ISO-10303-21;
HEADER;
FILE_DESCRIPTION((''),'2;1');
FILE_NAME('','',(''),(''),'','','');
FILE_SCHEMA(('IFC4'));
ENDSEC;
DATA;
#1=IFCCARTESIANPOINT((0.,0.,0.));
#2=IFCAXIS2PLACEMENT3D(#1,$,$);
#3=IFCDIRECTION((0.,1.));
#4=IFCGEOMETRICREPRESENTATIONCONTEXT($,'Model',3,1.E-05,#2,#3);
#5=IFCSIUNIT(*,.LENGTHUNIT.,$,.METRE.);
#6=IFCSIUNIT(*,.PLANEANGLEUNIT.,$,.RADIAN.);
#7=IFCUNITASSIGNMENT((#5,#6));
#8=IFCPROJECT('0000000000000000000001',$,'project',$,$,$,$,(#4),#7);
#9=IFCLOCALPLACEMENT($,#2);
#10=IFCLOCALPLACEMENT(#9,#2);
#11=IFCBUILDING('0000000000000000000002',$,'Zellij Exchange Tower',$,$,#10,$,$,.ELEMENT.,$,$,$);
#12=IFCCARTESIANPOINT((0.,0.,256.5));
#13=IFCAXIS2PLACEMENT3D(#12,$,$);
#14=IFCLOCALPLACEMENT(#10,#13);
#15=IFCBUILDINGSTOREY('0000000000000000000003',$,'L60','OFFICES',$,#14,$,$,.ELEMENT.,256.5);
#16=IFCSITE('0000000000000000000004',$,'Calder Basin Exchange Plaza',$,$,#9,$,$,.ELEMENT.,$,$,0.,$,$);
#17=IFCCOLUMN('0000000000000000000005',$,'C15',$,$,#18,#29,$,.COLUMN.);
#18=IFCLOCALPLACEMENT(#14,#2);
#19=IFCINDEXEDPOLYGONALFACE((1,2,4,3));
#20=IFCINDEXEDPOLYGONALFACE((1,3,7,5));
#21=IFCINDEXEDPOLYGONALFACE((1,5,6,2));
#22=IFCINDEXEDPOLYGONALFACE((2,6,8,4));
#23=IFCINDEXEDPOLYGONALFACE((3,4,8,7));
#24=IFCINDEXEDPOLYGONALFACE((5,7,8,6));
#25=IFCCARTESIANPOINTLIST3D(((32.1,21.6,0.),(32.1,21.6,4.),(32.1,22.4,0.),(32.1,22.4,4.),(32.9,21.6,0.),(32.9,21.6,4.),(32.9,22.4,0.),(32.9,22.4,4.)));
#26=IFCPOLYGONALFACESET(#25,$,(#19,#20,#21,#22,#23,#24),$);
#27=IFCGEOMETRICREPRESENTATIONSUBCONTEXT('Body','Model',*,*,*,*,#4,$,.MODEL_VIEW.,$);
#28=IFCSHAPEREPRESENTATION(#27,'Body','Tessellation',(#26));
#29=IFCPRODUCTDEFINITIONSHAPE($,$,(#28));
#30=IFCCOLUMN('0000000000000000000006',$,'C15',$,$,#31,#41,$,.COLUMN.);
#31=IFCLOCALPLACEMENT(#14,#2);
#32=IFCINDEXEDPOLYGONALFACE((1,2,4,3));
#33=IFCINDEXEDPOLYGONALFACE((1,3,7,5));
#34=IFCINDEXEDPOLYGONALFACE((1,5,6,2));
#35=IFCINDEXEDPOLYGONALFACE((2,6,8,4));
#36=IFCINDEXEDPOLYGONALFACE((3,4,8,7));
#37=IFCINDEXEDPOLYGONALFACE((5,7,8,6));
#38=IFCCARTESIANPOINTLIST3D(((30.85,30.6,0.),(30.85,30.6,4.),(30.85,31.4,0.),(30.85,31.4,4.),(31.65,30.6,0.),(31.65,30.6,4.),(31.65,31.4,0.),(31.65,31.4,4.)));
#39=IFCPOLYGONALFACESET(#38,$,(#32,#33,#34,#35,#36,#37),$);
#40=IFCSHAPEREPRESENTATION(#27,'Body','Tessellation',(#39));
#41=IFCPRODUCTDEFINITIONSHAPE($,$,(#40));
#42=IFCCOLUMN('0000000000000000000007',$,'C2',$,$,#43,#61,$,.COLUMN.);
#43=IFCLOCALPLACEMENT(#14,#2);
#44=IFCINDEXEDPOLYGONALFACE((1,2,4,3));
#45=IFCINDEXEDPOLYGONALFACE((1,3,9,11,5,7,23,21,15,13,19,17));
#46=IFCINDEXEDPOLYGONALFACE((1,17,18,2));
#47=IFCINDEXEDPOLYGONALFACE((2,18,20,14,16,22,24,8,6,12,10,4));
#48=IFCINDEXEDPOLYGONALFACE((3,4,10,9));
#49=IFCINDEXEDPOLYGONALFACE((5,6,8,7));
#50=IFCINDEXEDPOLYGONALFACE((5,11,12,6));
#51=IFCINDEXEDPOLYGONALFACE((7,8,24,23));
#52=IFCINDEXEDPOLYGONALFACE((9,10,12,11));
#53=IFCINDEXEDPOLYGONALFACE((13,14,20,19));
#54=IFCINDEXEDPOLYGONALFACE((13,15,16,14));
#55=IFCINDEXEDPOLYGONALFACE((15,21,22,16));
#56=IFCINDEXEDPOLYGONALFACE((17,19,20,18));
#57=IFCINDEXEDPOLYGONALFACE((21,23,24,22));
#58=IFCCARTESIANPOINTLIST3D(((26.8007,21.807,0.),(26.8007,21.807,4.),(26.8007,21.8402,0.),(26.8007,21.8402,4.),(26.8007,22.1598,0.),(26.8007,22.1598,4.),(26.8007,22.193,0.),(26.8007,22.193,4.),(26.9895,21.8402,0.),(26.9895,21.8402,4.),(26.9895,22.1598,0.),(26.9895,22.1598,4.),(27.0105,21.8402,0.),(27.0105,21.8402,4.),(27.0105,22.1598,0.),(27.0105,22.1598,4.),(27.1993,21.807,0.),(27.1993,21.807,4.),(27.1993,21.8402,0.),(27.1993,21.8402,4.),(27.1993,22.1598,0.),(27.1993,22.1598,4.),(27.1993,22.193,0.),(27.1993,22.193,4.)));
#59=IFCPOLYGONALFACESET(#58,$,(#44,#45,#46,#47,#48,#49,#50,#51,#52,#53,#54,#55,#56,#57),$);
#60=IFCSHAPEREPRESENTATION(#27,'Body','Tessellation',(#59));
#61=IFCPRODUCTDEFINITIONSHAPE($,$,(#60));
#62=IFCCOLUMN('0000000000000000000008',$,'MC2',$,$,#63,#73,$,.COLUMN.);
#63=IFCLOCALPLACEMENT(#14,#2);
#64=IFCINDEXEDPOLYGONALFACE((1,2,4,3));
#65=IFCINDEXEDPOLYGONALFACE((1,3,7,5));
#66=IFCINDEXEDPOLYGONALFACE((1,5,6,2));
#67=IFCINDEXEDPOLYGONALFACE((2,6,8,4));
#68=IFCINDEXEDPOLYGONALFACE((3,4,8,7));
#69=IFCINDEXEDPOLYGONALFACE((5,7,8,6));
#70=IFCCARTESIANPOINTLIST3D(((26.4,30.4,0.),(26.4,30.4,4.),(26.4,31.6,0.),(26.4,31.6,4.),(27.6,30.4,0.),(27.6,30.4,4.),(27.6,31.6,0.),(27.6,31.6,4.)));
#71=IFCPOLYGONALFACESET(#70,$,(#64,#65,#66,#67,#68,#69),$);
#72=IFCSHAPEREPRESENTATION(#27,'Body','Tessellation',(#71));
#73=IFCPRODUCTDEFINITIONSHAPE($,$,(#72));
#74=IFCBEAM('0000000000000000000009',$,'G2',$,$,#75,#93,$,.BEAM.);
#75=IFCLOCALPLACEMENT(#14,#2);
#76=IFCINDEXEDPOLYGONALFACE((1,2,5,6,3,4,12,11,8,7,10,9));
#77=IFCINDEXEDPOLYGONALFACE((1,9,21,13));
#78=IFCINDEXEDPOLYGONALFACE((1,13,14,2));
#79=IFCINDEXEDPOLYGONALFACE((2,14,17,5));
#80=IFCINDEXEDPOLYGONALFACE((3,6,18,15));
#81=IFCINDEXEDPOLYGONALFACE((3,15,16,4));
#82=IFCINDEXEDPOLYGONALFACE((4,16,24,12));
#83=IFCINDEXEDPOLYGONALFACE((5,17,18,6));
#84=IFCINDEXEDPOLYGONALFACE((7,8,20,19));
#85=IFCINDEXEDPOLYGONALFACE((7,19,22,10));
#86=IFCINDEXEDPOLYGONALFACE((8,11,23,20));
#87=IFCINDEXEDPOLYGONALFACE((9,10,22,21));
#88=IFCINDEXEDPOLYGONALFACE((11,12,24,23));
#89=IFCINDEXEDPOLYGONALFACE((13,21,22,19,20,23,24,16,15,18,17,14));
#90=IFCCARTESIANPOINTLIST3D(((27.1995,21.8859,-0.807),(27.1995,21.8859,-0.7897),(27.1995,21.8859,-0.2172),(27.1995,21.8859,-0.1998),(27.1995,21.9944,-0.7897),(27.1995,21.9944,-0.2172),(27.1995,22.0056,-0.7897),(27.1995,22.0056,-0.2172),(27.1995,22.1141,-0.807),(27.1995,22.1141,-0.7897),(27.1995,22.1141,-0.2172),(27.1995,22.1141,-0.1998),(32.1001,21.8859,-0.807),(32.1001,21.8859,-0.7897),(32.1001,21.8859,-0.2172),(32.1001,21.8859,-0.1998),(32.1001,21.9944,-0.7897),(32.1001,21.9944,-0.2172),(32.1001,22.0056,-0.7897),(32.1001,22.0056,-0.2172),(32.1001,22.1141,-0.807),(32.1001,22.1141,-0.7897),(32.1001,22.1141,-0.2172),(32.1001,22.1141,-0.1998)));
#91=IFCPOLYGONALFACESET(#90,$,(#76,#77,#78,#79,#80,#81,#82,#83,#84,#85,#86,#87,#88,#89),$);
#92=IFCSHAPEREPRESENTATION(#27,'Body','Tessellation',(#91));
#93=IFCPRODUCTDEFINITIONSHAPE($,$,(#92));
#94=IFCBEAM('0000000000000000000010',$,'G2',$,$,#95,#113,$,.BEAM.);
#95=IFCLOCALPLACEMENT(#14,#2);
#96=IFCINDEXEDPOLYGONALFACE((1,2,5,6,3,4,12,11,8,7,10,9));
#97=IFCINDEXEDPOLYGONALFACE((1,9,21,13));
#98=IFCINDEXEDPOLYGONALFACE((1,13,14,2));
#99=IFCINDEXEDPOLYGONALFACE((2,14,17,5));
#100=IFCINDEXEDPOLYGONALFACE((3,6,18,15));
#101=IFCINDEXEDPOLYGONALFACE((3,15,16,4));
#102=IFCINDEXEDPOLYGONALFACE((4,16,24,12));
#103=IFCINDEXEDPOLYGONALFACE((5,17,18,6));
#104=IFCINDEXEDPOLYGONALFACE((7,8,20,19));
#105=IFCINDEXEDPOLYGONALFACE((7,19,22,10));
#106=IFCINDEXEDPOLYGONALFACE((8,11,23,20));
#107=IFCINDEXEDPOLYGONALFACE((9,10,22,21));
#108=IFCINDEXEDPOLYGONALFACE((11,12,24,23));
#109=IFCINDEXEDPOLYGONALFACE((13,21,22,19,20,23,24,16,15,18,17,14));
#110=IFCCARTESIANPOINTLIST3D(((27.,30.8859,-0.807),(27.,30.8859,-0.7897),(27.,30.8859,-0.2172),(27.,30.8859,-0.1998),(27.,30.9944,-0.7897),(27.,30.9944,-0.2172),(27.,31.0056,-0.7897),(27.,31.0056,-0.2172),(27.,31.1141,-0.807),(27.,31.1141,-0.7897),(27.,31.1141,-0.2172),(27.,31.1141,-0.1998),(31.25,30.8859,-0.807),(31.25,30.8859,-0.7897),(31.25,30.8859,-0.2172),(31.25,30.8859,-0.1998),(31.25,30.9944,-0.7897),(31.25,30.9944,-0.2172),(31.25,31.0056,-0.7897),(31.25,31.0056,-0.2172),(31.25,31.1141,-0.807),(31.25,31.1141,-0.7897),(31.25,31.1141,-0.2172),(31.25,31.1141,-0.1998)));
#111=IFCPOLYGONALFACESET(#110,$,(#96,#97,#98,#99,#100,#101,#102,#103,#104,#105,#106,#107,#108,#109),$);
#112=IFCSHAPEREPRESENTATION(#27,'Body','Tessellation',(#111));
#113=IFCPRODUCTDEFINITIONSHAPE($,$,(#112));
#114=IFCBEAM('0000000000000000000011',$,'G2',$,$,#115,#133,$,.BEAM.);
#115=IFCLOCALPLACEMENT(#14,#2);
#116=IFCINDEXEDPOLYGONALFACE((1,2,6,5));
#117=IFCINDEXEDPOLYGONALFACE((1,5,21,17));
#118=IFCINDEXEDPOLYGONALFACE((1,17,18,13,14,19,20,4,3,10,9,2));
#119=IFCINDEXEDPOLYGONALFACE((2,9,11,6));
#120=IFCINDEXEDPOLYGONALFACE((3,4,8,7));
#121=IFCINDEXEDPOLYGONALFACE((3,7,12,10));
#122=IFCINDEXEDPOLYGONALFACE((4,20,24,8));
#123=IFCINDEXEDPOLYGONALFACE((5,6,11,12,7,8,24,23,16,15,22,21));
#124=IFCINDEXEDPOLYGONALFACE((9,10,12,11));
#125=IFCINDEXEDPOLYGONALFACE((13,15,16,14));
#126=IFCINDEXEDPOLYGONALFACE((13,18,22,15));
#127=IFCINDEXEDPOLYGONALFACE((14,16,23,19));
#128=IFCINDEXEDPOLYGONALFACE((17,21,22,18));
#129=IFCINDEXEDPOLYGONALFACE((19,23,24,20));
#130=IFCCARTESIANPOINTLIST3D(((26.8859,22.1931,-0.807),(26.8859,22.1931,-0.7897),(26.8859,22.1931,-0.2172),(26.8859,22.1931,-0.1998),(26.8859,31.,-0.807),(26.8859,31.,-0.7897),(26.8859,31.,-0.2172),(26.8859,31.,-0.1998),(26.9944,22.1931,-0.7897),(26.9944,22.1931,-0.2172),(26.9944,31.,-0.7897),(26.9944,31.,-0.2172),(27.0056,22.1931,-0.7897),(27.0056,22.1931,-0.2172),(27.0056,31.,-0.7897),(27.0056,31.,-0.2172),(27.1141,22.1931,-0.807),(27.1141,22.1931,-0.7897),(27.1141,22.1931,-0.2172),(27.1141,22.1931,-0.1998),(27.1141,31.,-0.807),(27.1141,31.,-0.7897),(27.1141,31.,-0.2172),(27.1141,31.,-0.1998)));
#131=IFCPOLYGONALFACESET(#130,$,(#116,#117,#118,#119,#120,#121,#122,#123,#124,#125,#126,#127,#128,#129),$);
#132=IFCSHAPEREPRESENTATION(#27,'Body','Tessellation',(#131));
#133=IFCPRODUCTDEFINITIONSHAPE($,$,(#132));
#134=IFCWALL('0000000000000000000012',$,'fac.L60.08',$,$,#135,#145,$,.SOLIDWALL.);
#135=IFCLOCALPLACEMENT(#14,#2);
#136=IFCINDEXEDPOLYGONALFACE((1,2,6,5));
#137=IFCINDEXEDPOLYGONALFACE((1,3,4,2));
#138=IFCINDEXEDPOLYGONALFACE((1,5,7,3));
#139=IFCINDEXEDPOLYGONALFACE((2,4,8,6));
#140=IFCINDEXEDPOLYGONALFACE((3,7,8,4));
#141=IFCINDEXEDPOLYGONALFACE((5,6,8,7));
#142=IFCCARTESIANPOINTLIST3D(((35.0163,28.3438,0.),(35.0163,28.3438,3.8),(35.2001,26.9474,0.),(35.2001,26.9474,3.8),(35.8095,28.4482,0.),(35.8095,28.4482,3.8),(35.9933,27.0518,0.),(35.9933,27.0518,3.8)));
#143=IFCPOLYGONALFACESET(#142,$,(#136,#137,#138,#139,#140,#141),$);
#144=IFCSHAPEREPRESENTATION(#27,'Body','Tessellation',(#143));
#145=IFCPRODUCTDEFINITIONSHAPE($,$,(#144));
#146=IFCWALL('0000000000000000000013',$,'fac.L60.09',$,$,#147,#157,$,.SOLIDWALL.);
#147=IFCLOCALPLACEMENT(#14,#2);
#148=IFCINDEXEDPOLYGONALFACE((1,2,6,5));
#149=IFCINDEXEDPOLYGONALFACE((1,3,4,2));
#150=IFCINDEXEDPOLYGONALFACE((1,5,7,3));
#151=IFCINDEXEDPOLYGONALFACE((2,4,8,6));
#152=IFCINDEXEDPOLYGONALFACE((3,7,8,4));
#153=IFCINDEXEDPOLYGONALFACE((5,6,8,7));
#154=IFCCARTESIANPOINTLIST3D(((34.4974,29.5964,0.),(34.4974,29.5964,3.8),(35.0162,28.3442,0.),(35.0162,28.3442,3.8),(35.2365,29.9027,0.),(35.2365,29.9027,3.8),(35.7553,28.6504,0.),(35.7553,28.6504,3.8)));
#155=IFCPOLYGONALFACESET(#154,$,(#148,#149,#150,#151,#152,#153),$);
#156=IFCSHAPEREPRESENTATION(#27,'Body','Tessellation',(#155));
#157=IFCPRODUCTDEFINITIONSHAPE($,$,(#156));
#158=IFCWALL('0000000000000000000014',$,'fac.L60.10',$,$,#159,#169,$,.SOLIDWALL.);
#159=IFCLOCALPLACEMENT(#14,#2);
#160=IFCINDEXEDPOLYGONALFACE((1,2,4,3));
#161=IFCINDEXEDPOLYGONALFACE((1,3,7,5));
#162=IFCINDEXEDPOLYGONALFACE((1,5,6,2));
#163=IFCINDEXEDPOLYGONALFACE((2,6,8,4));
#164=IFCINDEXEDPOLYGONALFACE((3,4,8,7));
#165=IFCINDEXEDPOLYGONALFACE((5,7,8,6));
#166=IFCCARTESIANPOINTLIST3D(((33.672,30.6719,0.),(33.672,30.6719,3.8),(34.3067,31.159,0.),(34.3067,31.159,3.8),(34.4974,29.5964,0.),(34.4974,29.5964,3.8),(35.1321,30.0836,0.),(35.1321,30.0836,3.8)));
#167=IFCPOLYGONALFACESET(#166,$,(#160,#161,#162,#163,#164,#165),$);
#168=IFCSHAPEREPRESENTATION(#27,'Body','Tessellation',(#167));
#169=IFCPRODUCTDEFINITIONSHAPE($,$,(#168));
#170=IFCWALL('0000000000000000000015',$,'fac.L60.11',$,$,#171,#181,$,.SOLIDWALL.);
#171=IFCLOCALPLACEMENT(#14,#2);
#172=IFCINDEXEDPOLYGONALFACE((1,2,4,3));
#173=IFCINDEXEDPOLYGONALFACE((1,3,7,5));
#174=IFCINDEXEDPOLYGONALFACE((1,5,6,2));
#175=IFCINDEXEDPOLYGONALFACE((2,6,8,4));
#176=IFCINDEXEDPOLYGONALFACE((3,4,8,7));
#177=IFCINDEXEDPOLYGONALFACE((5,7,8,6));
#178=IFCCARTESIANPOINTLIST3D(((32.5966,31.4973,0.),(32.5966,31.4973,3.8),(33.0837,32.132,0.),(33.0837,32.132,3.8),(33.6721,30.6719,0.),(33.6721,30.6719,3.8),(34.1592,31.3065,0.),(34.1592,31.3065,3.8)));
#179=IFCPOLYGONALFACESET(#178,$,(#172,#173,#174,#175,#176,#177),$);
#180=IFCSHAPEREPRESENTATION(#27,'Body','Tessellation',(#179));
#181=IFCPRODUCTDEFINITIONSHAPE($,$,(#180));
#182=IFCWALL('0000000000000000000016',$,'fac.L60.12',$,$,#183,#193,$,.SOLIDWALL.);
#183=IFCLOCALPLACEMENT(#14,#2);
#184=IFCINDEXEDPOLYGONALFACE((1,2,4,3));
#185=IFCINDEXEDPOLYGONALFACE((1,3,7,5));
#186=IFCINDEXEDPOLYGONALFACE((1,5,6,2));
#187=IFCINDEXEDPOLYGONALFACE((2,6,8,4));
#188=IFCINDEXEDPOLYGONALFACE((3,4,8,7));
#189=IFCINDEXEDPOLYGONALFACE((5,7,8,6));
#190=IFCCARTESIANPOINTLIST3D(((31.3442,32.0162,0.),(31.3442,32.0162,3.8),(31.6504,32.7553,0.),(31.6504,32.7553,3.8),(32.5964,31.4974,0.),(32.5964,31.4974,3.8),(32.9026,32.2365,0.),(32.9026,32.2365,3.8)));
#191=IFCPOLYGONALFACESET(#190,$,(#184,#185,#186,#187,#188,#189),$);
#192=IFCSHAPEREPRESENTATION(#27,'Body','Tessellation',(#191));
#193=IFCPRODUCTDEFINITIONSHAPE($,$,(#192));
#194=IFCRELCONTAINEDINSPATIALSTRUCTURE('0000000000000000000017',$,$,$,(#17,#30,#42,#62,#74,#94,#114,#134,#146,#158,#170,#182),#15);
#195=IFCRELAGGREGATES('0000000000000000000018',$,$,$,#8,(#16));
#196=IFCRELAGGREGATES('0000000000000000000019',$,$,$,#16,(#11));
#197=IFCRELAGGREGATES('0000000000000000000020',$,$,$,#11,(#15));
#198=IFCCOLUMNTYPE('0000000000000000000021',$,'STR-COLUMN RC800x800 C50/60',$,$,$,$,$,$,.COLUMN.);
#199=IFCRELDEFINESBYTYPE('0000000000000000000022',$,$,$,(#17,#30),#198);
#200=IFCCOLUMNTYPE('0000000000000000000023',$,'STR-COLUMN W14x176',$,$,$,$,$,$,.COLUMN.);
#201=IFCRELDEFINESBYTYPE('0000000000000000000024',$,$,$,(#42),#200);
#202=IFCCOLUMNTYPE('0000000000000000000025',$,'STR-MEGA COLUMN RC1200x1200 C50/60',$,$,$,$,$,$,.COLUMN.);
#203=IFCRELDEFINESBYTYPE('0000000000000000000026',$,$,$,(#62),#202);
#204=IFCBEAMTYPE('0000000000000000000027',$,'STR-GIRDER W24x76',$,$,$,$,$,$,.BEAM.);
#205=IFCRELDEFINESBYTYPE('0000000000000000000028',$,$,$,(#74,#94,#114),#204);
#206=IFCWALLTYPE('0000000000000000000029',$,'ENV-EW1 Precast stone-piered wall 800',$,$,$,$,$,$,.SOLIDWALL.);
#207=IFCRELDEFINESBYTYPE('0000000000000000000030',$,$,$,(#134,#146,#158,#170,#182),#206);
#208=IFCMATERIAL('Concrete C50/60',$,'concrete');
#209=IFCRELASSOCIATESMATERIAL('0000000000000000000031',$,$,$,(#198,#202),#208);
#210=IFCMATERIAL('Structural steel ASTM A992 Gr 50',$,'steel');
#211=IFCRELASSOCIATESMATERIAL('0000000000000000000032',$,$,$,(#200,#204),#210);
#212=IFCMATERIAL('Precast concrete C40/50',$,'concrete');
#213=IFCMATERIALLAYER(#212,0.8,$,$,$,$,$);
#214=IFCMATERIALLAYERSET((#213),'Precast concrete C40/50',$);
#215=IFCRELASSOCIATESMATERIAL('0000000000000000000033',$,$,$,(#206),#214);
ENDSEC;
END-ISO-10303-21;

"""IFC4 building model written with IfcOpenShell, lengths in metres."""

from ifc_helpers import new_model, si_unit, direction, frame, frame_2d, origin, origin_2d, place, context, subcontext, project, spatial, rectangle, i_section, extrude, material, layer, layer_set, material_profile, profile_set, type_object, element, save


model = new_model("IFC4")

# Units and contexts
model_context = context("Model", 3, precision=1e-05, world=origin(), true_north=direction((0.0, 1.0)))
body_context = subcontext(model_context, "Body", "Model", "MODEL_VIEW")
ifc_project = project(units=[si_unit("LENGTHUNIT", "METRE"), si_unit("PLANEANGLEUNIT", "RADIAN")], contexts=[model_context])

# Site, building, storey
site_placement = place(None, origin())
site = spatial("IfcSite", under=ifc_project, at=site_placement, Name="Calder Basin Exchange Plaza", CompositionType="ELEMENT", RefElevation=0.0)
building_placement = place(site_placement, origin())
building = spatial("IfcBuilding", under=site, at=building_placement, Name="Zellij Exchange Tower", CompositionType="ELEMENT")
storey_placement = place(building_placement, frame((0.0, 0.0, 256.5)))
storey = spatial("IfcBuildingStorey", under=building, at=storey_placement, Name="L60", Description="OFFICES", CompositionType="ELEMENT", Elevation=256.5)

# Columns
ifc_material_1 = material(Name="Concrete C50/60", Category="concrete")
ifc_material_profile_1 = material_profile(ifc_material_1, rectangle(XDim=0.8, YDim=0.8, at=origin_2d()), Name="STR-COLUMN RC800x800 C50/60")
ifc_profile_set_1 = profile_set([ifc_material_profile_1], Name="Concrete C50/60")
column_type_1 = type_object("IfcColumnType", Name="STR-COLUMN RC800x800 C50/60", PredefinedType="COLUMN", material=ifc_profile_set_1)
for number, where, z_axis, x_axis, name in (
    (1, (32.5, 22.0, 0.0), (0.0, 0.0, 1.0), (1.0, 0.0, 0.0), "C15"),
    (2, (31.25, 31.0, 0.0), (0.0, 0.0, 1.0), (1.0, 0.0, 0.0), "C15"),
):
    element("IfcColumn", number, at=place(storey_placement, frame(where, z_axis=z_axis, x_axis=x_axis)), inside=storey, type_object=column_type_1, Name=name, PredefinedType="COLUMN", context=body_context, shape_type="SweptSolid", body=[
        extrude(rectangle(XDim=0.8, YDim=0.8, at=origin_2d()), origin(), (0.0, 0.0, 1.0), 4.0),
    ])
ifc_material_2 = material(Name="Structural steel ASTM A992 Gr 50", Category="steel")
ifc_material_profile_2 = material_profile(ifc_material_2, i_section(OverallWidth=0.3987, OverallDepth=0.386, WebThickness=0.021, FlangeThickness=0.0332, at=origin_2d()), Name="W14x176")
ifc_profile_set_2 = profile_set([ifc_material_profile_2], Name="Structural steel ASTM A992 Gr 50")
column_type_2 = type_object("IfcColumnType", Name="STR-COLUMN W14x176", PredefinedType="COLUMN", material=ifc_profile_set_2)
column_1_placement = place(storey_placement, frame((27.0, 22.0, 0.0), z_axis=(0.0, 0.0, 1.0), x_axis=(1.0, 0.0, 0.0)))
element("IfcColumn", 3, at=column_1_placement, inside=storey, type_object=column_type_2, Name="C2", PredefinedType="COLUMN", context=body_context, shape_type="SweptSolid", body=[
    extrude(i_section(OverallWidth=0.3987, OverallDepth=0.386, WebThickness=0.021, FlangeThickness=0.0332, at=origin_2d()), origin(), (0.0, 0.0, 1.0), 4.0),
])
ifc_material_profile_3 = material_profile(ifc_material_1, rectangle(XDim=1.2, YDim=1.2, at=origin_2d()), Name="STR-MEGA COLUMN RC1200x1200 C50/60")
ifc_profile_set_3 = profile_set([ifc_material_profile_3], Name="Concrete C50/60")
column_type_3 = type_object("IfcColumnType", Name="STR-MEGA COLUMN RC1200x1200 C50/60", PredefinedType="COLUMN", material=ifc_profile_set_3)
column_2_placement = place(storey_placement, frame((27.0, 31.0, 0.0), z_axis=(0.0, 0.0, 1.0), x_axis=(1.0, 0.0, 0.0)))
element("IfcColumn", 4, at=column_2_placement, inside=storey, type_object=column_type_3, Name="MC2", PredefinedType="COLUMN", context=body_context, shape_type="SweptSolid", body=[
    extrude(rectangle(XDim=1.2, YDim=1.2, at=origin_2d()), origin(), (0.0, 0.0, 1.0), 4.0),
])

# Beams
ifc_material_profile_4 = material_profile(ifc_material_2, i_section(OverallWidth=0.2283, OverallDepth=0.6072, WebThickness=0.0112, FlangeThickness=0.0173, at=origin_2d()), Name="W24x76")
ifc_profile_set_4 = profile_set([ifc_material_profile_4], Name="Structural steel ASTM A992 Gr 50")
beam_type = type_object("IfcBeamType", Name="STR-GIRDER W24x76", PredefinedType="BEAM", material=ifc_profile_set_4)
beam_1_placement = place(storey_placement, frame((27.1995, 22.0, -0.5034), z_axis=(1.0, 0.0, 0.0), x_axis=(0.0, 1.0, 0.0)))
element("IfcBeam", 5, at=beam_1_placement, inside=storey, type_object=beam_type, Name="G2", PredefinedType="BEAM", context=body_context, shape_type="SweptSolid", body=[
    extrude(i_section(OverallWidth=0.2283, OverallDepth=0.6072, WebThickness=0.0112, FlangeThickness=0.0173, at=origin_2d()), origin(), (0.0, 0.0, 1.0), 4.9006),
])
beam_2_placement = place(storey_placement, frame((27.0, 31.0, -0.5034), z_axis=(1.0, 0.0, 0.0), x_axis=(0.0, 1.0, 0.0)))
element("IfcBeam", 6, at=beam_2_placement, inside=storey, type_object=beam_type, Name="G2", PredefinedType="BEAM", context=body_context, shape_type="SweptSolid", body=[
    extrude(i_section(OverallWidth=0.2283, OverallDepth=0.6072, WebThickness=0.0112, FlangeThickness=0.0173, at=origin_2d()), origin(), (0.0, 0.0, 1.0), 4.25),
])
beam_3_placement = place(storey_placement, frame((27.0, 22.1931, -0.5034), z_axis=(0.0, 1.0, 0.0), x_axis=(-1.0, 0.0, 0.0)))
element("IfcBeam", 7, at=beam_3_placement, inside=storey, type_object=beam_type, Name="G2", PredefinedType="BEAM", context=body_context, shape_type="SweptSolid", body=[
    extrude(i_section(OverallWidth=0.2283, OverallDepth=0.6072, WebThickness=0.0112, FlangeThickness=0.0173, at=origin_2d()), origin(), (0.0, 0.0, 1.0), 8.8069),
])

# Walls
ifc_material_3 = material(Name="Precast concrete C40/50", Category="concrete")
ifc_layer_1 = layer(ifc_material_3, 0.8)
ifc_layer_set_1 = layer_set([ifc_layer_1], Name="Precast concrete C40/50")
wall_type_1 = type_object("IfcWallType", Name="ENV-EW1 Precast stone-piered wall 800", PredefinedType="SOLIDWALL", material=ifc_layer_set_1)
wall_1_placement = place(storey_placement, frame((35.5967, 26.9998, 0.0), z_axis=(0.0, 0.0, 1.0), x_axis=(-0.130517, 0.991446, 0.0)))
element("IfcWall", 8, at=wall_1_placement, inside=storey, type_object=wall_type_1, Name="fac.L60.08", PredefinedType="SOLIDWALL", context=body_context, shape_type="SweptSolid", body=[
    extrude(rectangle(XDim=1.4084, YDim=0.8, at=frame_2d((0.7041, 0.0))), origin(), (0.0, 0.0, 1.0), 3.8),
])
wall_2_placement = place(storey_placement, frame((35.3857, 28.4973, 0.0), z_axis=(0.0, 0.0, 1.0), x_axis=(-0.38276, 0.923848, 0.0)))
element("IfcWall", 9, at=wall_2_placement, inside=storey, type_object=wall_type_1, Name="fac.L60.09", PredefinedType="SOLIDWALL", context=body_context, shape_type="SweptSolid", body=[
    extrude(rectangle(XDim=1.3555, YDim=0.8, at=frame_2d((0.6777, 0.0))), origin(), (0.0, 0.0, 1.0), 3.8),
])
for number, where, z_axis, x_axis, name in (
    (10, (34.8147, 29.8401, 0.0), (0.0, 0.0, 1.0), (-0.608866, 0.793273, 0.0), "fac.L60.10"),
    (11, (33.9155, 30.9893, 0.0), (0.0, 0.0, 1.0), (-0.793273, 0.608866, 0.0), "fac.L60.11"),
):
    element("IfcWall", number, at=place(storey_placement, frame(where, z_axis=z_axis, x_axis=x_axis)), inside=storey, type_object=wall_type_1, Name=name, PredefinedType="SOLIDWALL", context=body_context, shape_type="SweptSolid", body=[
        extrude(rectangle(XDim=1.3557, YDim=0.8, at=frame_2d((0.6777, 0.0))), origin(), (0.0, 0.0, 1.0), 3.8),
    ])
wall_3_placement = place(storey_placement, frame((32.7495, 31.8669, 0.0), z_axis=(0.0, 0.0, 1.0), x_axis=(-0.923848, 0.38276, 0.0)))
element("IfcWall", 12, at=wall_3_placement, inside=storey, type_object=wall_type_1, Name="fac.L60.12", PredefinedType="SOLIDWALL", context=body_context, shape_type="SweptSolid", body=[
    extrude(rectangle(XDim=1.3555, YDim=0.8, at=frame_2d((0.6777, 0.0))), origin(), (0.0, 0.0, 1.0), 3.8),
])

save(model, "model.ifc")
